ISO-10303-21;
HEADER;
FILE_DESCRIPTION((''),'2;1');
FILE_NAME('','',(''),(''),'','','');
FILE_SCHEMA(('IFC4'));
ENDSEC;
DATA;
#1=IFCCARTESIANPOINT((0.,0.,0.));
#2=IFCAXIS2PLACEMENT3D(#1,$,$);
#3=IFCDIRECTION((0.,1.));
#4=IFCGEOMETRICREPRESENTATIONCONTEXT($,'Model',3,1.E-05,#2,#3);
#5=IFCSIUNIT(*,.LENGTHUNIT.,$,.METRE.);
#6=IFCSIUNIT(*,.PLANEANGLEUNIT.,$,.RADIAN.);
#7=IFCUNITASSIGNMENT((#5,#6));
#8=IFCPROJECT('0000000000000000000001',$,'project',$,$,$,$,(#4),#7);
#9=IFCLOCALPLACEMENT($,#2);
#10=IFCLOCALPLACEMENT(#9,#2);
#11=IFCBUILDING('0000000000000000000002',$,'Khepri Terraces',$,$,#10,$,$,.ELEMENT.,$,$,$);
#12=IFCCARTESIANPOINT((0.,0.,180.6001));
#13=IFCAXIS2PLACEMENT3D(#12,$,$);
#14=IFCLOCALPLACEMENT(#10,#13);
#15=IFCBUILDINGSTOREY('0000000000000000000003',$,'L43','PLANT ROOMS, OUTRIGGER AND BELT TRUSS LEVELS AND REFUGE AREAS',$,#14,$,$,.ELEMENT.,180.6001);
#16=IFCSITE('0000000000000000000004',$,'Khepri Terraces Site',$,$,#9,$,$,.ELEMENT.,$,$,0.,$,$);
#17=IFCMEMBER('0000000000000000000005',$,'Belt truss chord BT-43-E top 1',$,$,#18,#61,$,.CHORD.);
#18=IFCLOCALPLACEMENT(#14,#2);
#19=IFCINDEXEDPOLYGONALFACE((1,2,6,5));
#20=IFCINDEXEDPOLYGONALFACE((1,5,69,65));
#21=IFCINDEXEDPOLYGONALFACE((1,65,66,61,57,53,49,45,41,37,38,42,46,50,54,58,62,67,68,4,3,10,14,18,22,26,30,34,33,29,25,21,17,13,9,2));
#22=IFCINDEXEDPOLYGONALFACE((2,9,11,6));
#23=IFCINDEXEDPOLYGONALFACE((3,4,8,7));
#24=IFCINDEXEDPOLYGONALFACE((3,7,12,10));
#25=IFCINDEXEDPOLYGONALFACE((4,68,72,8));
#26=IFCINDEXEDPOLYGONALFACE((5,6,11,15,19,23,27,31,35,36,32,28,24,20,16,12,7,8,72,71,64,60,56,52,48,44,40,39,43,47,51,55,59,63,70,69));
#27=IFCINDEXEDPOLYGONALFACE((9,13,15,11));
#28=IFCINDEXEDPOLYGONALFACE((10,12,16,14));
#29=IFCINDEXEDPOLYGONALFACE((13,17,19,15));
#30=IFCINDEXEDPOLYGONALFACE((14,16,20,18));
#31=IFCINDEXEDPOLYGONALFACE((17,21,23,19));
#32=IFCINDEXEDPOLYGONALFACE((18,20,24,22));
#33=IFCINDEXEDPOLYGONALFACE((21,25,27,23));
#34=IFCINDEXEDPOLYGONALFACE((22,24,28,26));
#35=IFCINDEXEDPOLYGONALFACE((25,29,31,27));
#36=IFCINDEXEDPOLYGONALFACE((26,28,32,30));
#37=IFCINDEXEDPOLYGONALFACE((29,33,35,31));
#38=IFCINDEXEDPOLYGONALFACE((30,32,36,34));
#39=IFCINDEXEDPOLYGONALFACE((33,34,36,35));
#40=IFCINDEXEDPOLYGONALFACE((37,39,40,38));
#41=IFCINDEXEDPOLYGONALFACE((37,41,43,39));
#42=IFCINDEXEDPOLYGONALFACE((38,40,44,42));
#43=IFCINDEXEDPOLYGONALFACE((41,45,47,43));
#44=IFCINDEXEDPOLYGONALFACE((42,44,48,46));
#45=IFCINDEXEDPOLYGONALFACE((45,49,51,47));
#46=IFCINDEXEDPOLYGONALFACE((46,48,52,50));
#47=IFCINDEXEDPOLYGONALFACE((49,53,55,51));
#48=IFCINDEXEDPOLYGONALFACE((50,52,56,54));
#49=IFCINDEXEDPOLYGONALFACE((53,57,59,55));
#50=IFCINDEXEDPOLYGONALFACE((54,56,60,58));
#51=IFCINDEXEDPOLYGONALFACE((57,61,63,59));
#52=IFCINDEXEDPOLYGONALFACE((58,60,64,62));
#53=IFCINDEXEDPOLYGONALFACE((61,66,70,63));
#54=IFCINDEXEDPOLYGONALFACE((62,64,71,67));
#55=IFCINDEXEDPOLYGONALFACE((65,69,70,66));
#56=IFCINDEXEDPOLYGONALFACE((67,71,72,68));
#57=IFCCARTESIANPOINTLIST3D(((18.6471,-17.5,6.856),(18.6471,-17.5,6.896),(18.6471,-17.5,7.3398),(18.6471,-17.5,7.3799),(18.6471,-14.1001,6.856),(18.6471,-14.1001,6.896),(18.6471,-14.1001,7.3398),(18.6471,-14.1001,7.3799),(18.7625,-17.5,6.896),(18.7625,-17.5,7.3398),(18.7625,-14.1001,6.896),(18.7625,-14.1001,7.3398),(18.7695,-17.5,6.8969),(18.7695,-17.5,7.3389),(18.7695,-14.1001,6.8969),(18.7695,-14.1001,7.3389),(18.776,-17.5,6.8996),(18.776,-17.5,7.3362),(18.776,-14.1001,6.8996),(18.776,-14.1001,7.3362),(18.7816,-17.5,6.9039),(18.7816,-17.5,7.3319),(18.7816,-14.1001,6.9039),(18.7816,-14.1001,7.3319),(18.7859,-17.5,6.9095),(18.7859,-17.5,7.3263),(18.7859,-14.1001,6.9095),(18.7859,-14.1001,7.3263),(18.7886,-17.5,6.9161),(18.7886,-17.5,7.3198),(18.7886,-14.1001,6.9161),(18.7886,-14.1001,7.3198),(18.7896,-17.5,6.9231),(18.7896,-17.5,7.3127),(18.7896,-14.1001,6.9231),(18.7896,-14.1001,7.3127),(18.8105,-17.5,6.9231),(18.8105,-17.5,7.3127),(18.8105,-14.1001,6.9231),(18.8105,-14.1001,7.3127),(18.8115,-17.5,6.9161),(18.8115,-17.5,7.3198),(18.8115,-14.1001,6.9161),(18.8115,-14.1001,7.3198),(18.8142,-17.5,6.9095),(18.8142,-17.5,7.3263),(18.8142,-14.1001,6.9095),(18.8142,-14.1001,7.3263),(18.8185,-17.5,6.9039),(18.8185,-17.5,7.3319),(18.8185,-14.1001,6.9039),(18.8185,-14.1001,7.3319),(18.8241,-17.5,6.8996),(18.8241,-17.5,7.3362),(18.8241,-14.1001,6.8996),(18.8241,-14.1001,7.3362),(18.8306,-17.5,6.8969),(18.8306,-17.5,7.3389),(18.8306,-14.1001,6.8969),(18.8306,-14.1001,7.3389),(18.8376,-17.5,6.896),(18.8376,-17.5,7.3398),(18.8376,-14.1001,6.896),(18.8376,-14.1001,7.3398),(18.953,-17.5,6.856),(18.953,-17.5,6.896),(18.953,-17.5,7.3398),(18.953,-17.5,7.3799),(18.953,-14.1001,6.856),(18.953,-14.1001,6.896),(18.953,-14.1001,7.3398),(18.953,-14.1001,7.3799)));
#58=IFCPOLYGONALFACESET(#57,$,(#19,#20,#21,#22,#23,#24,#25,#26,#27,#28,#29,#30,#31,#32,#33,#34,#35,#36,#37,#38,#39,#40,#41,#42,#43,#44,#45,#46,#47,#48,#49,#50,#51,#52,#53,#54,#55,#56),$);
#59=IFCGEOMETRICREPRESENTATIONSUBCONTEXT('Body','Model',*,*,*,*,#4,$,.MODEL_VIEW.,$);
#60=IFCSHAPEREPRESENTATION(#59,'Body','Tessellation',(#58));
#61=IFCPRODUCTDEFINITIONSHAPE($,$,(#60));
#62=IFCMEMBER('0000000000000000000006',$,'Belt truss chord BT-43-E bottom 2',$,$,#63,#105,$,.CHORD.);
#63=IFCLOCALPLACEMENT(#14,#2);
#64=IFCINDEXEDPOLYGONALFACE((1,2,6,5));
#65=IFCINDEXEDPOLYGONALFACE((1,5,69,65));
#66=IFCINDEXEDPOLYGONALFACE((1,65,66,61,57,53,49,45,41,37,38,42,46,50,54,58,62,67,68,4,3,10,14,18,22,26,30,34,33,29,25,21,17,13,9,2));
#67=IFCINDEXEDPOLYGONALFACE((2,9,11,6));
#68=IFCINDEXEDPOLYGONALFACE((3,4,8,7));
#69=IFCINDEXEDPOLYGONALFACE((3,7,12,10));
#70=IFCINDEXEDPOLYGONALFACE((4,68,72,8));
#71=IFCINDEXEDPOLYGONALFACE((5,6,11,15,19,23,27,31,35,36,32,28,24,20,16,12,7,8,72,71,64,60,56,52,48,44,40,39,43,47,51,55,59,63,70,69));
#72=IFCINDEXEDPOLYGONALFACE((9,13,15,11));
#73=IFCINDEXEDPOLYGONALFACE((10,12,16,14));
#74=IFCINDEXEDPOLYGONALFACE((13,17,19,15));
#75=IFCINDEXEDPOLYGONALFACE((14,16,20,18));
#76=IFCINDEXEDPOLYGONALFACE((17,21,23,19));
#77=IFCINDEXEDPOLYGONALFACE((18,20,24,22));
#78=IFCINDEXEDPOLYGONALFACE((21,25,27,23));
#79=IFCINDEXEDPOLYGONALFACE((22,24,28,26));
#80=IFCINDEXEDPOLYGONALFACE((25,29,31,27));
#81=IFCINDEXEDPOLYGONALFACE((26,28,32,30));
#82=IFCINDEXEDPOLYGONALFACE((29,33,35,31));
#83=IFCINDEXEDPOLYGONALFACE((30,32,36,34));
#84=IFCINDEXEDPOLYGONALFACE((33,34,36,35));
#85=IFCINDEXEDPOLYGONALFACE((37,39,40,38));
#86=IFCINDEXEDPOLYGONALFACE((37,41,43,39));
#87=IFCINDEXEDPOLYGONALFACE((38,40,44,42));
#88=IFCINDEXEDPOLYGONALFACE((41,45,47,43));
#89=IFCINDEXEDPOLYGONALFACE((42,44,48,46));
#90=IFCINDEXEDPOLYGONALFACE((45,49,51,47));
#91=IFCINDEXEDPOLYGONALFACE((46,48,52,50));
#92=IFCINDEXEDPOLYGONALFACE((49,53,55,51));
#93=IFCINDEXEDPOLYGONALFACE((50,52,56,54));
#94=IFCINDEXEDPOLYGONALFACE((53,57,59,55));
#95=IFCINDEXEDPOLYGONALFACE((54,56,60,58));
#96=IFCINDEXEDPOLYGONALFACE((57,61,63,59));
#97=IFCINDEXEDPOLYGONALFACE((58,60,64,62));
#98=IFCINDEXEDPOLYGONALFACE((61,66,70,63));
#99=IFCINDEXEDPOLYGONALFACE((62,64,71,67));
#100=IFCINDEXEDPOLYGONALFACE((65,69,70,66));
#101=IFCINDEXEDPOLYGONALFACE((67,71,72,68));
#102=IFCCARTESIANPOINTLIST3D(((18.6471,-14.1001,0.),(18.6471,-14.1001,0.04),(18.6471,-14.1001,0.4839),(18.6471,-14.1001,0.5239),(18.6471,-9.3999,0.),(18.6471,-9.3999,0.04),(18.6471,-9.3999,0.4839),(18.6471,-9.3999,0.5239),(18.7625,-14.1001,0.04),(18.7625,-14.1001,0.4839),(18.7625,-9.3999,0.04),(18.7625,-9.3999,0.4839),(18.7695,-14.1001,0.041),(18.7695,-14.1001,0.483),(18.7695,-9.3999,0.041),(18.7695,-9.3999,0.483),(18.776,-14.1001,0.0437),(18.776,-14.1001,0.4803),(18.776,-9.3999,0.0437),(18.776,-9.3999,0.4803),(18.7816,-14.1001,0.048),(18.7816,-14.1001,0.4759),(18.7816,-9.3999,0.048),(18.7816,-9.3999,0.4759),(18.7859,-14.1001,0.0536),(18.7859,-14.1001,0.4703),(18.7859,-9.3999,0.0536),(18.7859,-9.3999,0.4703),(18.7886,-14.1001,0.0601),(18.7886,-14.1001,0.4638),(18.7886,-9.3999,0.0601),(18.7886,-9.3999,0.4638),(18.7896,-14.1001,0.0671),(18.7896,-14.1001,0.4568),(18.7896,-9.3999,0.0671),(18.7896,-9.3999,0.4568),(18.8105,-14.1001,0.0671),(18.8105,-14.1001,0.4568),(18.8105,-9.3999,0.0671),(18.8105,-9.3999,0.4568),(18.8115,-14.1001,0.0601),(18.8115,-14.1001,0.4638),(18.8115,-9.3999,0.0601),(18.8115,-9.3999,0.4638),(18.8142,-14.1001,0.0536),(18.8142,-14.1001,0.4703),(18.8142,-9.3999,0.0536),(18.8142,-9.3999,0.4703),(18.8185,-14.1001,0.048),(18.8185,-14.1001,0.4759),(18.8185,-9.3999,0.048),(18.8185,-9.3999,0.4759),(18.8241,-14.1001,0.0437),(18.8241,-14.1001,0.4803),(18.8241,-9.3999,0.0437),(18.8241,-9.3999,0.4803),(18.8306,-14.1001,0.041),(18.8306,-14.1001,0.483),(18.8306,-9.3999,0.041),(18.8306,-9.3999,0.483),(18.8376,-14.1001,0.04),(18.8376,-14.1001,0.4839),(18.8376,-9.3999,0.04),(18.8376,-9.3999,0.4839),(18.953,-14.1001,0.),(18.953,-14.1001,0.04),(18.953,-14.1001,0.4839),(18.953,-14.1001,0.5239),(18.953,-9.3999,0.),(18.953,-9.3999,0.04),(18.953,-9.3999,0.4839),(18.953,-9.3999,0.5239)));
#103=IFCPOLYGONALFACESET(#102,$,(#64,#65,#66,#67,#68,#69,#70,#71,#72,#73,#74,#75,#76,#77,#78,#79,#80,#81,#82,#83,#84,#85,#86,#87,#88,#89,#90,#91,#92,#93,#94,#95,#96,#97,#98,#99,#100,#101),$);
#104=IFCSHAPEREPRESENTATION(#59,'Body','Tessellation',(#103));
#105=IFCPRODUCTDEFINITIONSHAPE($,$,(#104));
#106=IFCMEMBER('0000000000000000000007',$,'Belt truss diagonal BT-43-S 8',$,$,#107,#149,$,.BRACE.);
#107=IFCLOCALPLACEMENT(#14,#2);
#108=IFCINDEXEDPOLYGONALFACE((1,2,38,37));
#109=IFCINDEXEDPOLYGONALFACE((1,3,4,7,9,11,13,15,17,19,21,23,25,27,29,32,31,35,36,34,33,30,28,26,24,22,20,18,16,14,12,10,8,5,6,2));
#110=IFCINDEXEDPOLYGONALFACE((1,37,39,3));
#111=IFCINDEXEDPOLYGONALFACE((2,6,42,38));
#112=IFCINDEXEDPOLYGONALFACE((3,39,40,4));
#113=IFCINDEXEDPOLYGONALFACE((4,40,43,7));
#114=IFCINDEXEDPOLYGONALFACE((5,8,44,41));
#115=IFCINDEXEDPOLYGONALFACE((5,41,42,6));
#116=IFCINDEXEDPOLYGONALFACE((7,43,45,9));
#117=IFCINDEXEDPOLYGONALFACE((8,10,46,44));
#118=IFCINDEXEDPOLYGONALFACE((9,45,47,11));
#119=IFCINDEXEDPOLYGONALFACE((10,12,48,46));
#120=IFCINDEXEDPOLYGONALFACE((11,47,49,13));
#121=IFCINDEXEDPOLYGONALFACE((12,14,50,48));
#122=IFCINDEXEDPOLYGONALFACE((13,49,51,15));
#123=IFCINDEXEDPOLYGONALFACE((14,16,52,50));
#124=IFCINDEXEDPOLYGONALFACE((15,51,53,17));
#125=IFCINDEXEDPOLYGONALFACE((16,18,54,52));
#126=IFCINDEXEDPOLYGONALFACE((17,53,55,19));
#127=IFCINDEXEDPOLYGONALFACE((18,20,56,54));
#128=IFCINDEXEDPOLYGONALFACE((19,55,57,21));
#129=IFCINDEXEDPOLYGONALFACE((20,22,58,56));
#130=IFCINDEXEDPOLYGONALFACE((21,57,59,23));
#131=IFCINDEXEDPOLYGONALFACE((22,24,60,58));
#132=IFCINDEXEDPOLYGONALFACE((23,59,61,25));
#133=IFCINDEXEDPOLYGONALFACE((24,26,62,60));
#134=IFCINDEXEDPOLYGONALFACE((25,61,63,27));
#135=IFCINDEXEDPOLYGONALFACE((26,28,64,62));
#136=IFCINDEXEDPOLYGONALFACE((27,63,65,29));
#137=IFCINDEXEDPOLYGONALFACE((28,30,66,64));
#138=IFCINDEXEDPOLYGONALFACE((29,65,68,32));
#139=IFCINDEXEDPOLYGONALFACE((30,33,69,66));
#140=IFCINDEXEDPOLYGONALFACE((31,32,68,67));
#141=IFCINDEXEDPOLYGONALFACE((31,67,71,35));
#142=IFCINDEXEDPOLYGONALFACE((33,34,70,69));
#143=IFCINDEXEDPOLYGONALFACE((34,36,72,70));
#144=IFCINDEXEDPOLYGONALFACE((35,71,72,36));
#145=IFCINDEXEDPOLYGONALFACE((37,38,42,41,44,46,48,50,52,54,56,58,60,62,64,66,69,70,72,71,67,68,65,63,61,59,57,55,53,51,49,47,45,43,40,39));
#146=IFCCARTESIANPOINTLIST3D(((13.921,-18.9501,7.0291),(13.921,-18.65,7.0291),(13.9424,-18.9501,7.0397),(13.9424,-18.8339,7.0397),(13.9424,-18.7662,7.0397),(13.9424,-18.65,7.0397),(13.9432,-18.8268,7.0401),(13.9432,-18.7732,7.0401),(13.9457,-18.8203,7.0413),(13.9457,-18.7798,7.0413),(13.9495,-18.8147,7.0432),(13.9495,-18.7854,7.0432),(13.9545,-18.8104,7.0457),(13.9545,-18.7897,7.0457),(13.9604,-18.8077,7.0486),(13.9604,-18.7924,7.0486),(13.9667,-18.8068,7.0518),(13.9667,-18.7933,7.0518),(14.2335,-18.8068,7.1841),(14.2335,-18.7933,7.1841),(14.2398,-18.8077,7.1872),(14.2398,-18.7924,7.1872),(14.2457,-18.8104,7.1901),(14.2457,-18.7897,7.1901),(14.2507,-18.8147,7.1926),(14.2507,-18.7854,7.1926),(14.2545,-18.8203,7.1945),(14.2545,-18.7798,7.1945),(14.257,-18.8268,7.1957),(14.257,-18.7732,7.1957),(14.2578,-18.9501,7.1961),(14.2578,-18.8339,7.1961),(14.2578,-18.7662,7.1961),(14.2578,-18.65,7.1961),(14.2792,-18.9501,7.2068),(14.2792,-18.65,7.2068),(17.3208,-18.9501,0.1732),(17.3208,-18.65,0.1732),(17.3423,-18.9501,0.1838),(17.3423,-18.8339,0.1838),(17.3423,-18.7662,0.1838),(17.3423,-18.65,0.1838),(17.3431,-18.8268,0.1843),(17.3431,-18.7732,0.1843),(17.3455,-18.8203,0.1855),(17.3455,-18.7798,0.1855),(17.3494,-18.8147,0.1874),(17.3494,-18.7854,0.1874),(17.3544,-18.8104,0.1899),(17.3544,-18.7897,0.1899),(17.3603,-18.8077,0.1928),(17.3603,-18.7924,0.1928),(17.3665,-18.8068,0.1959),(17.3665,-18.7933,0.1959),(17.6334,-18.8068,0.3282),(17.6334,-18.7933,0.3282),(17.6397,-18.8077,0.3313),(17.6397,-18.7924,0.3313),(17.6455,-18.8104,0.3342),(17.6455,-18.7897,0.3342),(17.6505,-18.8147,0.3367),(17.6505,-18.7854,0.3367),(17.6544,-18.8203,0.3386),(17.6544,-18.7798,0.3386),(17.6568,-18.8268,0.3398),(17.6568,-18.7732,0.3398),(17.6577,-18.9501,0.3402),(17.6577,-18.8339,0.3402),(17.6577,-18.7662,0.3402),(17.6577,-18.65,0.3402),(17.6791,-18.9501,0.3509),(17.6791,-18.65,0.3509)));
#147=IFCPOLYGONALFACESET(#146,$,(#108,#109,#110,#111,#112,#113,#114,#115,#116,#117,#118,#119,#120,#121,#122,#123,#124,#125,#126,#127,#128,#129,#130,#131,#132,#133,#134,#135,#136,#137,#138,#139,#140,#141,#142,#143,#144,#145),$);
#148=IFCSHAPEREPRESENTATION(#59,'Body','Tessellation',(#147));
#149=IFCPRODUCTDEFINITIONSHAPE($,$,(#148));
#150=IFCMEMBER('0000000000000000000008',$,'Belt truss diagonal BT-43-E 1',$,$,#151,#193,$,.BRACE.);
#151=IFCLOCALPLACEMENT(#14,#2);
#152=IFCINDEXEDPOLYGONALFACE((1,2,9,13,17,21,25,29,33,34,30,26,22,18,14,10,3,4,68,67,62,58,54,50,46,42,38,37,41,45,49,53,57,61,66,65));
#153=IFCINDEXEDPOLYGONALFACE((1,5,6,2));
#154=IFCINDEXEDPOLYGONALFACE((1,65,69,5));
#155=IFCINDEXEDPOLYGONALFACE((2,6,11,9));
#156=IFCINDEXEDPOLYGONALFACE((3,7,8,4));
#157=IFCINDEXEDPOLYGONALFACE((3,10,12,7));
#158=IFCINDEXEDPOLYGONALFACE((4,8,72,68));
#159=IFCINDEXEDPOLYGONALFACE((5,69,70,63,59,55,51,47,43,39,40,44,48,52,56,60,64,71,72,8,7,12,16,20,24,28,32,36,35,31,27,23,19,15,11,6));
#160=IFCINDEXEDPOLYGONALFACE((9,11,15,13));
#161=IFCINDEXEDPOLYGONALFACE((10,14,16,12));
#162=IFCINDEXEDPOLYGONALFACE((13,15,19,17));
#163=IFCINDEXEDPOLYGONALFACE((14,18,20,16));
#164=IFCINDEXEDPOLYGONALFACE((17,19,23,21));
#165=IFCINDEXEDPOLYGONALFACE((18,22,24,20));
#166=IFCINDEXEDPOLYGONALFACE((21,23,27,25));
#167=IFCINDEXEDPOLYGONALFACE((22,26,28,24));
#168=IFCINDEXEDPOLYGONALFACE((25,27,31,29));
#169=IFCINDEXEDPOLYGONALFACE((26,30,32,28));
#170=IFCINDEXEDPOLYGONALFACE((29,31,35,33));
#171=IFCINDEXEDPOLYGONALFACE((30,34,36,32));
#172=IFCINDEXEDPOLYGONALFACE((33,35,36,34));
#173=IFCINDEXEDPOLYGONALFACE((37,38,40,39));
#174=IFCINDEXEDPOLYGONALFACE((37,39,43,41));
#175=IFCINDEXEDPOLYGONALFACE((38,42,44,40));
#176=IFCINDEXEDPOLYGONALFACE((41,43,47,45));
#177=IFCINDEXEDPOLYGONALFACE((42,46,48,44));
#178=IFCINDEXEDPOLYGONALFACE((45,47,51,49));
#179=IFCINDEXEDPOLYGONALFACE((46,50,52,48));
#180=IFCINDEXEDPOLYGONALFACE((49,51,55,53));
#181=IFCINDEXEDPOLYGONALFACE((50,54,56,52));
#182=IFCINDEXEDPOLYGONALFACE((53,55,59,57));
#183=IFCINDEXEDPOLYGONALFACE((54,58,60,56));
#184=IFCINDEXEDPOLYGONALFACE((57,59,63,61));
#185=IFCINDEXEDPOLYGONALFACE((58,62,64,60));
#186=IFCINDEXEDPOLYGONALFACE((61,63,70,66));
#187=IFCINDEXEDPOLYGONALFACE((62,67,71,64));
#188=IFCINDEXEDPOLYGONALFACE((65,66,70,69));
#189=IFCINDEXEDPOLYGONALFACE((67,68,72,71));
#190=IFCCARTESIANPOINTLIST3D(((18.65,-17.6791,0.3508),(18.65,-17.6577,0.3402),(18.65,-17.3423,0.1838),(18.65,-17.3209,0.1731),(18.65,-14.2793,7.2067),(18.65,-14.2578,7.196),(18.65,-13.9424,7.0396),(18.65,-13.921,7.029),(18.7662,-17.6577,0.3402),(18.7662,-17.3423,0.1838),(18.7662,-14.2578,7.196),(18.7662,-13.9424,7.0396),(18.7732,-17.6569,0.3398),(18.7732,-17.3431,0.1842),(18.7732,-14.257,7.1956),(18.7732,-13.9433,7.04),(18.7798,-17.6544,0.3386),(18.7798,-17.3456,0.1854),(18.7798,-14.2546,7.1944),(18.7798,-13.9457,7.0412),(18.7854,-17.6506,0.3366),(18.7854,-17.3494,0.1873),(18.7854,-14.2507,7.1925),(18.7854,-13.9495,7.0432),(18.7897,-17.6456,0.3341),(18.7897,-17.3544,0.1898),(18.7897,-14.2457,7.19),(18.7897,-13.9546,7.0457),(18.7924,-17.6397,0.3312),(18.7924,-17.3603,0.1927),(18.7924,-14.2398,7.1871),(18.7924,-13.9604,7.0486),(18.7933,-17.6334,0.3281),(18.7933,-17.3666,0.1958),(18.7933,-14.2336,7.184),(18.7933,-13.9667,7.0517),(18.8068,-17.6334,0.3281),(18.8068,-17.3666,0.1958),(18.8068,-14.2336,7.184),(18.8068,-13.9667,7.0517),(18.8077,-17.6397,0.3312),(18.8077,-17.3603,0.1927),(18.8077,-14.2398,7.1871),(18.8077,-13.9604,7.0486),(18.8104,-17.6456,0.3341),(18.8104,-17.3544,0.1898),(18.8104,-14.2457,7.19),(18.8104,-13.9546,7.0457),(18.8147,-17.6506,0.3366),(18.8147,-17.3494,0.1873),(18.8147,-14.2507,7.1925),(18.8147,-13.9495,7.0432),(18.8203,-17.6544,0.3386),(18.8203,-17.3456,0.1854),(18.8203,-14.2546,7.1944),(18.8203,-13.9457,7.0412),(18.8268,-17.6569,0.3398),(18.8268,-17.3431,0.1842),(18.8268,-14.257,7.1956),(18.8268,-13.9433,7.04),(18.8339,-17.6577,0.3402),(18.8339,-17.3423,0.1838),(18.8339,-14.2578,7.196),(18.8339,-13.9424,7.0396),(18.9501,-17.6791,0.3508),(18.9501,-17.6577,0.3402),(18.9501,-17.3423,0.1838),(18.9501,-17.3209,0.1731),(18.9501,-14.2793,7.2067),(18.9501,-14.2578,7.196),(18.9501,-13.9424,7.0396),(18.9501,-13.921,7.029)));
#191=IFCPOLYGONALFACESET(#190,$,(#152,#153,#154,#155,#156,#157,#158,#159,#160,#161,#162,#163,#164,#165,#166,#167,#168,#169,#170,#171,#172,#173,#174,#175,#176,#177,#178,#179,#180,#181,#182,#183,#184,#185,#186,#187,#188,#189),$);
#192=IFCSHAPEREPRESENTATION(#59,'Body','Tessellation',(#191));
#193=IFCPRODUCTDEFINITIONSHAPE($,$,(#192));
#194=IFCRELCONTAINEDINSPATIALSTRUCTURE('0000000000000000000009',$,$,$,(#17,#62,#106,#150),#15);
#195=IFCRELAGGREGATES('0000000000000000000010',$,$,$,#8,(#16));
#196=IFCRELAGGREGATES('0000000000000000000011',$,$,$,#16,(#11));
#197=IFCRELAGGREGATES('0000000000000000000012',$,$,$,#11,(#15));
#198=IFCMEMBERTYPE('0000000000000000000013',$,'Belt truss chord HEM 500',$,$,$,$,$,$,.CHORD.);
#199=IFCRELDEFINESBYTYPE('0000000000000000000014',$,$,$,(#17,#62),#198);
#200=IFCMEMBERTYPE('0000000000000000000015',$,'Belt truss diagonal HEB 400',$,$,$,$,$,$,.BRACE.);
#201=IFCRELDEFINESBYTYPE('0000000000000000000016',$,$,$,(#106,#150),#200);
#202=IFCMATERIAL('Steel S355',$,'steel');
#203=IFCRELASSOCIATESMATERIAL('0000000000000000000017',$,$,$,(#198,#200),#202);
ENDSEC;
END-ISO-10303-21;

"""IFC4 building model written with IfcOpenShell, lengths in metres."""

from ifc_helpers import new_model, si_unit, direction, frame, origin, origin_2d, place, context, subcontext, project, spatial, i_section, extrude, material, material_profile, profile_set, type_object, element, save


model = new_model("IFC4")

# Units and contexts
model_context = context("Model", 3, precision=1e-05, world=origin(), true_north=direction((0.0, 1.0)))
body_context = subcontext(model_context, "Body", "Model", "MODEL_VIEW")
ifc_project = project(units=[si_unit("LENGTHUNIT", "METRE"), si_unit("PLANEANGLEUNIT", "RADIAN")], contexts=[model_context])

# Site, building, storey
site_placement = place(None, origin())
site = spatial("IfcSite", under=ifc_project, at=site_placement, Name="Khepri Terraces Site", CompositionType="ELEMENT", RefElevation=0.0)
building_placement = place(site_placement, origin())
building = spatial("IfcBuilding", under=site, at=building_placement, Name="Khepri Terraces", CompositionType="ELEMENT")
storey_placement = place(building_placement, frame((0.0, 0.0, 180.6001)))
storey = spatial("IfcBuildingStorey", under=building, at=storey_placement, Name="L43", Description="PLANT ROOMS, OUTRIGGER AND BELT TRUSS LEVELS AND REFUGE AREAS", CompositionType="ELEMENT", Elevation=180.6001)

# Members
ifc_material_1 = material(Name="Steel S355", Category="steel")
ifc_material_profile_1 = material_profile(ifc_material_1, i_section(OverallWidth=0.3059, OverallDepth=0.5239, WebThickness=0.021, FlangeThickness=0.04, FilletRadius=0.0271, at=origin_2d()), Name="Steel S355", Category="steel")
ifc_profile_set_1 = profile_set([ifc_material_profile_1], Name="Steel S355")
member_type_1 = type_object("IfcMemberType", Name="Belt truss chord HEM 500", PredefinedType="CHORD", material=ifc_profile_set_1)
for number, where, z_axis, x_axis, name in (
    (1, (18.8, -17.5, 7.1179), (0.0, 1.0, 0.0), (-1.0, 0.0, 0.0), "Belt truss chord BT-43-E top 1"),
):
    element("IfcMember", number, at=place(storey_placement, frame(where, z_axis=z_axis, x_axis=x_axis)), inside=storey, type_object=member_type_1, Name=name, PredefinedType="CHORD", context=body_context, shape_type="SweptSolid", body=[
        extrude(i_section(OverallWidth=0.3059, OverallDepth=0.5239, WebThickness=0.021, FlangeThickness=0.04, FilletRadius=0.0271, at=origin_2d()), origin(), (0.0, 0.0, 1.0), 3.3999),
    ])
member_1_placement = place(storey_placement, frame((18.8, -14.1001, 0.262), z_axis=(0.0, 1.0, 0.0), x_axis=(-1.0, 0.0, 0.0)))
element("IfcMember", 2, at=member_1_placement, inside=storey, type_object=member_type_1, Name="Belt truss chord BT-43-E bottom 2", PredefinedType="CHORD", context=body_context, shape_type="SweptSolid", body=[
    extrude(i_section(OverallWidth=0.3059, OverallDepth=0.5239, WebThickness=0.021, FlangeThickness=0.04, FilletRadius=0.0271, at=origin_2d()), origin(), (0.0, 0.0, 1.0), 4.7002),
])
ifc_material_profile_2 = material_profile(ifc_material_1, i_section(OverallWidth=0.3, OverallDepth=0.3999, WebThickness=0.0134, FlangeThickness=0.0239, FilletRadius=0.0271, at=origin_2d()), Name="Steel S355", Category="steel")
ifc_profile_set_2 = profile_set([ifc_material_profile_2], Name="Steel S355")
member_type_2 = type_object("IfcMemberType", Name="Belt truss diagonal HEB 400", PredefinedType="BRACE", material=ifc_profile_set_2)
for number, where, z_axis, x_axis, name in (
    (3, (14.1001, -18.8, 7.1179), (0.444276, 0.0, -0.89589), (0.0, 1.0, 0.0), "Belt truss diagonal BT-43-S 8"),
    (4, (18.8, -17.5, 0.262), (0.0, 0.444276, 0.89589), (-1.0, 0.0, 0.0), "Belt truss diagonal BT-43-E 1"),
):
    element("IfcMember", number, at=place(storey_placement, frame(where, z_axis=z_axis, x_axis=x_axis)), inside=storey, type_object=member_type_2, Name=name, PredefinedType="BRACE", context=body_context, shape_type="SweptSolid", body=[
        extrude(i_section(OverallWidth=0.3, OverallDepth=0.3999, WebThickness=0.0134, FlangeThickness=0.0239, FilletRadius=0.0271, at=origin_2d()), origin(), (0.0, 0.0, 1.0), 7.6526),
    ])

save(model, "model.ifc")
